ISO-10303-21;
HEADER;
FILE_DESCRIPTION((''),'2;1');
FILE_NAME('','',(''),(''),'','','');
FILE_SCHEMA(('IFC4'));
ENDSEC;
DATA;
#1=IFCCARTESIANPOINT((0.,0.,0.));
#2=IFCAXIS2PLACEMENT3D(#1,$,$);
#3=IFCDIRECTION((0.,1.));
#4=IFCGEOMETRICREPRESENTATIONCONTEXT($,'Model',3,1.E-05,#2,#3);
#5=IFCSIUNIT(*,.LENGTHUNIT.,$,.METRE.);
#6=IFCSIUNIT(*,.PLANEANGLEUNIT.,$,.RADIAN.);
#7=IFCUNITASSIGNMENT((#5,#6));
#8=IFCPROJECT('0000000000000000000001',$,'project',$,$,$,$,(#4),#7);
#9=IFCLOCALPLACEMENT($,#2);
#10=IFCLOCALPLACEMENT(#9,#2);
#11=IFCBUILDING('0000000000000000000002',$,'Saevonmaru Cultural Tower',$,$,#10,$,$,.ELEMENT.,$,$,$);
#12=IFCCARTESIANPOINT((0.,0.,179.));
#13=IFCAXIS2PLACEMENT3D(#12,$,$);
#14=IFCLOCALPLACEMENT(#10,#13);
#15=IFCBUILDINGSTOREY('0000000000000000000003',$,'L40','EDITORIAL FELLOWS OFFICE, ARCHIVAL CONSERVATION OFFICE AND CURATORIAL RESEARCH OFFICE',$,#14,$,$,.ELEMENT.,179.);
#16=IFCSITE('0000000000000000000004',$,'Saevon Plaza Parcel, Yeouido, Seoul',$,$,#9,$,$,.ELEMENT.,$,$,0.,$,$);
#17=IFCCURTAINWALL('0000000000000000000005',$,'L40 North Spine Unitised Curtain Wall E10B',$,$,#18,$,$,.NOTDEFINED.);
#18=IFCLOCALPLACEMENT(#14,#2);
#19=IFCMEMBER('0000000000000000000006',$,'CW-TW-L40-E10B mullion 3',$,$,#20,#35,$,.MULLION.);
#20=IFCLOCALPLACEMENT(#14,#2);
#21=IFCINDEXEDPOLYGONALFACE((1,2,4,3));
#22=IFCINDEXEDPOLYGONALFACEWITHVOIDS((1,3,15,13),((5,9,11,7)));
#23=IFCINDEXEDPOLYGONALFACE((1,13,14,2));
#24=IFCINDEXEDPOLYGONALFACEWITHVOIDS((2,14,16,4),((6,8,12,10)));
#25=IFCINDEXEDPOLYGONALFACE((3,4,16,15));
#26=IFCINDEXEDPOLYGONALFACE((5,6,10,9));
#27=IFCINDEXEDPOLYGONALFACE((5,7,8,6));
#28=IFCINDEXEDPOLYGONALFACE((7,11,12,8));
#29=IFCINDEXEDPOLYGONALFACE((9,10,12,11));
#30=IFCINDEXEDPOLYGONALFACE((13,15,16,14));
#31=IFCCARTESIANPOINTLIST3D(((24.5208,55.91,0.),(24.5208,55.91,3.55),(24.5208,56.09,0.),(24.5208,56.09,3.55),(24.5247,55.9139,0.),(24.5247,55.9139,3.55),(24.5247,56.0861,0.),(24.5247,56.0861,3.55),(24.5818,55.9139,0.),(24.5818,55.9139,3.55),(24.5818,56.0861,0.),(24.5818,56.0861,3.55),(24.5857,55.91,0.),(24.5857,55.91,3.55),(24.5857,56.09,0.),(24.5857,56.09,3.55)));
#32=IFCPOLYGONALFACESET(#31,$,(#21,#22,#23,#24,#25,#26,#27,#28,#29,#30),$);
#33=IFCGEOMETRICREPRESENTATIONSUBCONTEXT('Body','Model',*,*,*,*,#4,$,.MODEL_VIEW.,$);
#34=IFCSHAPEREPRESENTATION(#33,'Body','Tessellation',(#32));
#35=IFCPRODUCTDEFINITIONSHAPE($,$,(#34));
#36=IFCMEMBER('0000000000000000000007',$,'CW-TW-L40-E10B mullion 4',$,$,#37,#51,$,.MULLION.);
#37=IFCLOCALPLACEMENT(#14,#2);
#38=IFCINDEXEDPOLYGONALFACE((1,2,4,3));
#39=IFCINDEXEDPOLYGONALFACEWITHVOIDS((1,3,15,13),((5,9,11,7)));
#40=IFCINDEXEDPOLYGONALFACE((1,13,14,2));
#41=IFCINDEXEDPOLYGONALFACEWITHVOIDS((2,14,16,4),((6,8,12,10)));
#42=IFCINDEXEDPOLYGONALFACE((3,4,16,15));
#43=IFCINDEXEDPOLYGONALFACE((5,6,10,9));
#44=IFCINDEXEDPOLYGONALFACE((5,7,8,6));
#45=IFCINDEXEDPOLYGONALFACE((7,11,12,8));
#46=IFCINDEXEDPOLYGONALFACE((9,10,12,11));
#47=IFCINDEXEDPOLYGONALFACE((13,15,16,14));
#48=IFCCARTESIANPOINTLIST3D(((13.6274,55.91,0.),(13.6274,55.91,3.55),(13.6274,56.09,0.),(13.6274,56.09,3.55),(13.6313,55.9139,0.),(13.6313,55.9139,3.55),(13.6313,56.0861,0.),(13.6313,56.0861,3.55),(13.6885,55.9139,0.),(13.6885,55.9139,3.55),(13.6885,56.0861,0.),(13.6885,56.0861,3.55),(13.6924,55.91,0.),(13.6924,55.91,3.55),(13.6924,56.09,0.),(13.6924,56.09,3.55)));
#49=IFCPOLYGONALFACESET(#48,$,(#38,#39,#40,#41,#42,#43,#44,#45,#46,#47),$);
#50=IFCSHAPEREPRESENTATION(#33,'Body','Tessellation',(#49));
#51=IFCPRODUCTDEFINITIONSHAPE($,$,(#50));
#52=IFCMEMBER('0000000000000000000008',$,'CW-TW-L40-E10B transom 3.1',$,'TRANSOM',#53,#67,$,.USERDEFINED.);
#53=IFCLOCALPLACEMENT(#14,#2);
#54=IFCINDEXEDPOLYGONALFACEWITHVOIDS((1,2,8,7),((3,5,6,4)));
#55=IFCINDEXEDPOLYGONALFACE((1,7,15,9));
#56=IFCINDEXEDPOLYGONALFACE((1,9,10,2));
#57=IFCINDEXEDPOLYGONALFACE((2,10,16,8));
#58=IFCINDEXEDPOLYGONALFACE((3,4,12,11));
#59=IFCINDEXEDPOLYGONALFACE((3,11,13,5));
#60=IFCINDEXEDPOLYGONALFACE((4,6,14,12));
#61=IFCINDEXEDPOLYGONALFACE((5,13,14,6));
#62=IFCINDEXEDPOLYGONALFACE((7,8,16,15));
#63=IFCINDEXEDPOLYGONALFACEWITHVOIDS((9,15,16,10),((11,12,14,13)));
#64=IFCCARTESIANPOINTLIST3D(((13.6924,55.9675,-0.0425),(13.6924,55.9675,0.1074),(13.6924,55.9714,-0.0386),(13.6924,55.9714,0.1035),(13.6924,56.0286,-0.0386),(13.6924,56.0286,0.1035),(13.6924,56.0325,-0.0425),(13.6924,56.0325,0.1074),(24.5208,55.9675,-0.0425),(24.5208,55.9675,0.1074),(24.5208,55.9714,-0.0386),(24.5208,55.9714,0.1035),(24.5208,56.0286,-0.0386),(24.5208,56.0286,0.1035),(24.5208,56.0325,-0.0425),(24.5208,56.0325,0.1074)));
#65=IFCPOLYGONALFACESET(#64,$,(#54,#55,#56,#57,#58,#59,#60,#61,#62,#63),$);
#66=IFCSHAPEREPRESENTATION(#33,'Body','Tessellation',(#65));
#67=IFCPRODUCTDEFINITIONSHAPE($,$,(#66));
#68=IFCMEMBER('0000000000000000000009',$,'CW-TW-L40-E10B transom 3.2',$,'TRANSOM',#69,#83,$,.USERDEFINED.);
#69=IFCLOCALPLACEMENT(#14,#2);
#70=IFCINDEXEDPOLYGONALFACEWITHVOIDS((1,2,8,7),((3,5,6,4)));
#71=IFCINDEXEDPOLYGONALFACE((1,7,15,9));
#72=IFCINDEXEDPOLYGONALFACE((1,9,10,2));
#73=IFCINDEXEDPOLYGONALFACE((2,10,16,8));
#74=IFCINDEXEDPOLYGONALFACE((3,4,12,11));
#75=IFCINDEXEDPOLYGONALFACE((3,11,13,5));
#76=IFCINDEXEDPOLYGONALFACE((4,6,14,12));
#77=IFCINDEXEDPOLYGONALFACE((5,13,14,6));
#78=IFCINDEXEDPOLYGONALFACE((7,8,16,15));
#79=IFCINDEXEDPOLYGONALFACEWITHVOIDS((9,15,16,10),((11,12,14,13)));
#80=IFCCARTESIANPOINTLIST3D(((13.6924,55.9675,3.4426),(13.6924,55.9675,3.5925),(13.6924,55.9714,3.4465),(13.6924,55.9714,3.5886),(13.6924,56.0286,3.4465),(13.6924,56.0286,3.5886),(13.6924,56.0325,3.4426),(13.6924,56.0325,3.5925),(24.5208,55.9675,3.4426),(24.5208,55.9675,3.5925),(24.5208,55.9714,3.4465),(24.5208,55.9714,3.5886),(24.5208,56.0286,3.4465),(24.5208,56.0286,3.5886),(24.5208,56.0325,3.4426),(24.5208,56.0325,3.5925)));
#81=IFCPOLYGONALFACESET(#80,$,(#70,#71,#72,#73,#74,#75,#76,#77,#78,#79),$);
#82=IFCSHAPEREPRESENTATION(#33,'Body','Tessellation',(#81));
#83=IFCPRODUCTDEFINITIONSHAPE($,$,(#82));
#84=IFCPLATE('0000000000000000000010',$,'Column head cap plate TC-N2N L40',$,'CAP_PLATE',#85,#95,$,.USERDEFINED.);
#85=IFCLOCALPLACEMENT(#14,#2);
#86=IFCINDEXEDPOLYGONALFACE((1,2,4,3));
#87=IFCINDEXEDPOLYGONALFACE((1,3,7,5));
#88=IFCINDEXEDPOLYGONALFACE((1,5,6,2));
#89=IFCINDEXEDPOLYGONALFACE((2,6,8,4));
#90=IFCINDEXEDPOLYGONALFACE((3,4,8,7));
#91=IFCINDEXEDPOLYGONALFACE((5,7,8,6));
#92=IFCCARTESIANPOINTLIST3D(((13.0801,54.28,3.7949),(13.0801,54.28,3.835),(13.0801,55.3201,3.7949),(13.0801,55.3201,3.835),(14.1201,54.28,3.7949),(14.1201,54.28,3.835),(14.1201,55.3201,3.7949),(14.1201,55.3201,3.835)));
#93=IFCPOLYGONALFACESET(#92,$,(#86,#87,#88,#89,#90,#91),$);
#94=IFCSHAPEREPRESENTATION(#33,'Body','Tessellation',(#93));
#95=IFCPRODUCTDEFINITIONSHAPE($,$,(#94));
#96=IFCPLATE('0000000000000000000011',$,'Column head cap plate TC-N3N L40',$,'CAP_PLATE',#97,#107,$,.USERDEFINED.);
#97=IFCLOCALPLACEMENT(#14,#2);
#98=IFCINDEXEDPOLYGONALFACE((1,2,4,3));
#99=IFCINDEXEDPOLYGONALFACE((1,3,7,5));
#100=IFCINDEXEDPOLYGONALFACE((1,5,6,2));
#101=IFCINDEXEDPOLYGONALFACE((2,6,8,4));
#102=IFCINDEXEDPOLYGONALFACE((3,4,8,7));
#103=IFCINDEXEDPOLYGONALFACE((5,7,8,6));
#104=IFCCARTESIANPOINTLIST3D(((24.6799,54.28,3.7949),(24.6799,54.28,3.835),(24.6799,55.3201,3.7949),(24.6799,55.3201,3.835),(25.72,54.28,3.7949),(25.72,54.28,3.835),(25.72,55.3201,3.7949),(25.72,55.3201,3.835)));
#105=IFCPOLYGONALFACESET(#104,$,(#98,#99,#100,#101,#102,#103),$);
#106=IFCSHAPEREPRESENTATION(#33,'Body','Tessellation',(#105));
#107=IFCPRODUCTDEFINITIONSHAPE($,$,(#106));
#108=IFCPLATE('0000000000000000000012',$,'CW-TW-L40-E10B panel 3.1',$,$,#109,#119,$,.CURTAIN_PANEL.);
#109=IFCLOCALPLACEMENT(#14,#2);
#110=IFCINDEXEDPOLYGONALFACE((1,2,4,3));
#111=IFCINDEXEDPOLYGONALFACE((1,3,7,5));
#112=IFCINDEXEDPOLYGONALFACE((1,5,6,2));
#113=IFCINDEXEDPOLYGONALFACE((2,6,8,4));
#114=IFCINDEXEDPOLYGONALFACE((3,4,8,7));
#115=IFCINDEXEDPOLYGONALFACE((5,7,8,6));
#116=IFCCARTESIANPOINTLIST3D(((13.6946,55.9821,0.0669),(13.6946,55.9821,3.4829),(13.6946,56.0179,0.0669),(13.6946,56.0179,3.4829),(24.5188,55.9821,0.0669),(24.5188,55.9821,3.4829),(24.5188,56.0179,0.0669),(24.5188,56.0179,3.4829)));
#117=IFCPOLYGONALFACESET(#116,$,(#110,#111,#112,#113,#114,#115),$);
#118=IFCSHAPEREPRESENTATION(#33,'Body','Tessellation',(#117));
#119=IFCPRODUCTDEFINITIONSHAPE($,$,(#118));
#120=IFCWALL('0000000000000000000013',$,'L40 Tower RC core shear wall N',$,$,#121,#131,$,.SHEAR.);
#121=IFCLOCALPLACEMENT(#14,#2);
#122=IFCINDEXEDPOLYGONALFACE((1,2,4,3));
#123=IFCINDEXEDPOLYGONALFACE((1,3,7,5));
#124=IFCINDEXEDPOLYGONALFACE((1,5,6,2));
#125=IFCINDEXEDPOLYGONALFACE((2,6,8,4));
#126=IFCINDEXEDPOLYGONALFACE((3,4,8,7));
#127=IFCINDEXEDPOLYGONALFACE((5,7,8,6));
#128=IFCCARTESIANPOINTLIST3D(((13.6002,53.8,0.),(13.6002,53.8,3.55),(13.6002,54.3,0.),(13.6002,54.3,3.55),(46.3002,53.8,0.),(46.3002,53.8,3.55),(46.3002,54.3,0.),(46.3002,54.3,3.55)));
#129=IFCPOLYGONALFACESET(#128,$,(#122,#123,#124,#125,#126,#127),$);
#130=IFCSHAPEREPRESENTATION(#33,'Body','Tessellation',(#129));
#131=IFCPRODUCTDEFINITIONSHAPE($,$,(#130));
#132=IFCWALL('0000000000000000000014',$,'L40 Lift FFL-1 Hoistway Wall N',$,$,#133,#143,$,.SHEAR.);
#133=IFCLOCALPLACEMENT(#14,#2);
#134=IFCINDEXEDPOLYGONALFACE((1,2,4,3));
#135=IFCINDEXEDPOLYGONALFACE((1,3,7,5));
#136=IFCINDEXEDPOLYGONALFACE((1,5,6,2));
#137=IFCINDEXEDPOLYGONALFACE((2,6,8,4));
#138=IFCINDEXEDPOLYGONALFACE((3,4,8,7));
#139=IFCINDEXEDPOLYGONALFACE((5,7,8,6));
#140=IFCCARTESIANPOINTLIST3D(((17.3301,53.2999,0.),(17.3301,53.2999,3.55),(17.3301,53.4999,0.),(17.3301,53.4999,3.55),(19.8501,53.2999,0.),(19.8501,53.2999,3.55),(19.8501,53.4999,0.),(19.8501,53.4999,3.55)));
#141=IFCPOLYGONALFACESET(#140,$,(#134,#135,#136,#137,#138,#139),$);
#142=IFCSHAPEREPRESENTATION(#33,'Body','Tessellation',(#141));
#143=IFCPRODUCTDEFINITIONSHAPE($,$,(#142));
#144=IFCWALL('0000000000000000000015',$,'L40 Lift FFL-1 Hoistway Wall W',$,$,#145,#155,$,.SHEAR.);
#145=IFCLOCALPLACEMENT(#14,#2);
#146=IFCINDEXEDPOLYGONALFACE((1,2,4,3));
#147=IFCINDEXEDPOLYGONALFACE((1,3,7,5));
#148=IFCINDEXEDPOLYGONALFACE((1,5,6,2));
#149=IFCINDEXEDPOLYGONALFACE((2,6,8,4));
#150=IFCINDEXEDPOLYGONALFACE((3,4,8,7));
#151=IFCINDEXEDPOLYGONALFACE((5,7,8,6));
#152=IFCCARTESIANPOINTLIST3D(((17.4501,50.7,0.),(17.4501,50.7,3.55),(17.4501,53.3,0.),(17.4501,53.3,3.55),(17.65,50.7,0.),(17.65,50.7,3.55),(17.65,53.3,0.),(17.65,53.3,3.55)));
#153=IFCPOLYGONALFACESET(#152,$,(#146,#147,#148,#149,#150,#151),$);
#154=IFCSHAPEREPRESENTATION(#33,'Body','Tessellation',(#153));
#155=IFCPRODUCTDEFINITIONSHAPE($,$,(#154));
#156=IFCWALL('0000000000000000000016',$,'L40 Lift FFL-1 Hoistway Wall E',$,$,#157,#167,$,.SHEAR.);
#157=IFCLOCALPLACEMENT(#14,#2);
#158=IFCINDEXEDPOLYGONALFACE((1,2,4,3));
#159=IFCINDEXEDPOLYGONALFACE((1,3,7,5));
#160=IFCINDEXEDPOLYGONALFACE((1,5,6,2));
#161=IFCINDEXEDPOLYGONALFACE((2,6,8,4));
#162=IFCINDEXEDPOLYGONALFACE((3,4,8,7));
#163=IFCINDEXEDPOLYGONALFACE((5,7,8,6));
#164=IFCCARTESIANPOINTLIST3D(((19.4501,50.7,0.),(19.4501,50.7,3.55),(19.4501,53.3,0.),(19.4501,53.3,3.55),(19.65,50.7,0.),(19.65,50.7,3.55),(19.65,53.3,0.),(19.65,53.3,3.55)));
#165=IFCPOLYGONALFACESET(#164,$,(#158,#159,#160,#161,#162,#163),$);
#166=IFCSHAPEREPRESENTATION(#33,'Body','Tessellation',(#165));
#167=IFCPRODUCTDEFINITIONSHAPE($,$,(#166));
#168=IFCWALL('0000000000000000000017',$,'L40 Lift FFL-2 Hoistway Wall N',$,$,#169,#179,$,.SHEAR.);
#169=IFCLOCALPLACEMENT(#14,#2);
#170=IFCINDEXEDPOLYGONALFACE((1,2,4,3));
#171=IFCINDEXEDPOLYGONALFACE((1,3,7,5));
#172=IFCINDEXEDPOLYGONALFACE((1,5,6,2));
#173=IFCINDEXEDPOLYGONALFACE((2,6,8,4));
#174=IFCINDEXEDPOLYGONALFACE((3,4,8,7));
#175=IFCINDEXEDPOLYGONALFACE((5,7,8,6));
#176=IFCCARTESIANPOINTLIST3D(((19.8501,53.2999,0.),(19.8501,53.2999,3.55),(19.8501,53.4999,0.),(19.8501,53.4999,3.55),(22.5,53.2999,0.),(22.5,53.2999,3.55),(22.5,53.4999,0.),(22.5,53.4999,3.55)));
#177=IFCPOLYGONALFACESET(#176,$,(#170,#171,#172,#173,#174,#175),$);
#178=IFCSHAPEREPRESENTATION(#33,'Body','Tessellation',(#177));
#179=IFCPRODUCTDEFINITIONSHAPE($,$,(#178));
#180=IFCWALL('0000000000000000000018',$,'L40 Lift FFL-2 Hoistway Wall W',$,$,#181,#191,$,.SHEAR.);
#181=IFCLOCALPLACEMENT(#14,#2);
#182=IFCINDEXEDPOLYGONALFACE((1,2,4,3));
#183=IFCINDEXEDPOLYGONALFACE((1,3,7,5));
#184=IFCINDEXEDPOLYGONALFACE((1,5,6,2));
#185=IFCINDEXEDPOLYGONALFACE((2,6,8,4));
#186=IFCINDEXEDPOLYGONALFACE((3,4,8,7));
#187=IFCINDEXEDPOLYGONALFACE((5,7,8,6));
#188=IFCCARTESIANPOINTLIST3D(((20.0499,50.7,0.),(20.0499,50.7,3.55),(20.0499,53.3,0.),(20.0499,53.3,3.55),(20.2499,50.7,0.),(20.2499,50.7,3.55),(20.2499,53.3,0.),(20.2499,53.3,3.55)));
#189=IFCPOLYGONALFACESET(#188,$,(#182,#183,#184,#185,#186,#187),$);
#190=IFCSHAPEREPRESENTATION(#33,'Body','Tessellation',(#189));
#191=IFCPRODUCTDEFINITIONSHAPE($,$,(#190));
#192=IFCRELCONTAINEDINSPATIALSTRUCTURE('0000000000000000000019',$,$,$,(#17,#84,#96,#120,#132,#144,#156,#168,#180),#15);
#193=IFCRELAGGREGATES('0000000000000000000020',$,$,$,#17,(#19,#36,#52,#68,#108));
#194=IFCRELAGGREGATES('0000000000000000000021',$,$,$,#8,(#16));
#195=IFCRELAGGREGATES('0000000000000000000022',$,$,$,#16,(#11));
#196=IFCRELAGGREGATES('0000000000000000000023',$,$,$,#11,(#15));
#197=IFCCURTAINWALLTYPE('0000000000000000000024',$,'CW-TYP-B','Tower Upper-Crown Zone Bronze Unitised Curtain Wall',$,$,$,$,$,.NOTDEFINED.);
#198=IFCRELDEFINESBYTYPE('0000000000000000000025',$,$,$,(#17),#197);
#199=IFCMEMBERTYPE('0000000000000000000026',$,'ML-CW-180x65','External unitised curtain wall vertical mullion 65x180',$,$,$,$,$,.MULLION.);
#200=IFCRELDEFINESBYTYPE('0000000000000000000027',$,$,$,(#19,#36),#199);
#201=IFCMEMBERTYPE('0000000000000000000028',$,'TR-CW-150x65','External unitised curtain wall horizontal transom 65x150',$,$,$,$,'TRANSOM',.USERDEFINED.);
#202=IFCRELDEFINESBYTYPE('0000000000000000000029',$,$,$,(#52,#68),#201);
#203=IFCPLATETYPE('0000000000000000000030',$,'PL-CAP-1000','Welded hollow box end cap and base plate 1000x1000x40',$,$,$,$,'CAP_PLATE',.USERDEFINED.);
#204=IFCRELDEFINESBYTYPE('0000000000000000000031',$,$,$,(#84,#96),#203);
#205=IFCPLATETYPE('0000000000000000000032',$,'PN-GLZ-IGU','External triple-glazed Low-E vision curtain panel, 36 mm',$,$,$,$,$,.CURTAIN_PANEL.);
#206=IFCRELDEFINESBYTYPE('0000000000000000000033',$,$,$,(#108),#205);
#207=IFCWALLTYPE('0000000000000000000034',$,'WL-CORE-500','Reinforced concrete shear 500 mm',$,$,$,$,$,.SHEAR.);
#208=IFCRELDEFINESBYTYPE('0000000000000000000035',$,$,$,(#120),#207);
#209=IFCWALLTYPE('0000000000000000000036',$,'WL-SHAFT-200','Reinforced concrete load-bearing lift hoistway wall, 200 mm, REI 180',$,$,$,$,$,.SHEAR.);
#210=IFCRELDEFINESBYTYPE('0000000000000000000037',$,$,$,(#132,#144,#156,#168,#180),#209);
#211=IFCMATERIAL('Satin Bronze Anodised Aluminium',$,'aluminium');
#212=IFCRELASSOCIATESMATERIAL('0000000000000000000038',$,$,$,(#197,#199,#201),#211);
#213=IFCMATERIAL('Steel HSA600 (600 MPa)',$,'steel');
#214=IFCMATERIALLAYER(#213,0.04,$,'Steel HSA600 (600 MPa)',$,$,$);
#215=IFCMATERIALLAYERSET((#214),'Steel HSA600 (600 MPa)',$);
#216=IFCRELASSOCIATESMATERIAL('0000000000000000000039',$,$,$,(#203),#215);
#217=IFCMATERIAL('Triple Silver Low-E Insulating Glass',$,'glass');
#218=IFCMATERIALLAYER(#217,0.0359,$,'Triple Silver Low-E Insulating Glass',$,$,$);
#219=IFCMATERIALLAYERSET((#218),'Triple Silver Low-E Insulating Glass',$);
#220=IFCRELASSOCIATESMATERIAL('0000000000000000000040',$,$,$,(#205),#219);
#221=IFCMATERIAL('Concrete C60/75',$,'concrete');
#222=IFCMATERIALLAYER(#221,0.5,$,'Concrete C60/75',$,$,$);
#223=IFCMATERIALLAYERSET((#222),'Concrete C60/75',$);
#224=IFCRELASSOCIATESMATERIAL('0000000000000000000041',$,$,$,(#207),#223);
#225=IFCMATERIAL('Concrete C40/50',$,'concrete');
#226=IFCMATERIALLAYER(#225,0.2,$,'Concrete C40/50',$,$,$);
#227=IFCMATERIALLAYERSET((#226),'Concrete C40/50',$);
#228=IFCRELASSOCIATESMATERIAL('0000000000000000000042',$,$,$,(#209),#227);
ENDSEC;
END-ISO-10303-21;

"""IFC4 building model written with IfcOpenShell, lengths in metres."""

from ifc_helpers import new_model, si_unit, direction, frame, frame_2d, origin, origin_2d, place, context, subcontext, project, spatial, rectangle, hollow_rectangle, extrude, material, layer, layer_set, material_profile, profile_set, type_object, element, aggregate, save


model = new_model("IFC4")

# Units and contexts
model_context = context("Model", 3, precision=1e-05, world=origin(), true_north=direction((0.0, 1.0)))
body_context = subcontext(model_context, "Body", "Model", "MODEL_VIEW")
ifc_project = project(units=[si_unit("LENGTHUNIT", "METRE"), si_unit("PLANEANGLEUNIT", "RADIAN")], contexts=[model_context])

# Site, building, storey
site_placement = place(None, origin())
site = spatial("IfcSite", under=ifc_project, at=site_placement, Name="Saevon Plaza Parcel, Yeouido, Seoul", CompositionType="ELEMENT", RefElevation=0.0)
building_placement = place(site_placement, origin())
building = spatial("IfcBuilding", under=site, at=building_placement, Name="Saevonmaru Cultural Tower", CompositionType="ELEMENT")
storey_placement = place(building_placement, frame((0.0, 0.0, 179.0)))
storey = spatial("IfcBuildingStorey", under=building, at=storey_placement, Name="L40", Description="EDITORIAL FELLOWS OFFICE, ARCHIVAL CONSERVATION OFFICE AND CURATORIAL RESEARCH OFFICE", CompositionType="ELEMENT", Elevation=179.0)

# Curtain wall, members
ifc_material_1 = material(Name="Satin Bronze Anodised Aluminium", Category="aluminium")
curtain_wall_type = type_object("IfcCurtainWallType", Name="CW-TYP-B", Description="Tower Upper-Crown Zone Bronze Unitised Curtain Wall", PredefinedType="NOTDEFINED", material=ifc_material_1)
curtain_wall_placement = place(storey_placement, origin())
curtain_wall = element("IfcCurtainWall", 1, at=curtain_wall_placement, inside=storey, type_object=curtain_wall_type, Name="L40 North Spine Unitised Curtain Wall E10B", PredefinedType="NOTDEFINED")
ifc_material_profile_1 = material_profile(ifc_material_1, hollow_rectangle(XDim=0.0649, YDim=0.1799, WallThickness=0.0039, at=origin_2d()), Name="ALU-MULL-180x65x4")
ifc_profile_set_1 = profile_set([ifc_material_profile_1], Name="Satin Bronze Anodised Aluminium")
member_type_1 = type_object("IfcMemberType", Name="ML-CW-180x65", Description="External unitised curtain wall vertical mullion 65x180", PredefinedType="MULLION", material=ifc_profile_set_1)
member_1_placement = place(storey_placement, frame((24.5532, 56.0, 0.0), z_axis=(0.0, 0.0, 1.0), x_axis=(-1.0, 0.0, 0.0)))
member_1 = element("IfcMember", 2, at=member_1_placement, type_object=member_type_1, Name="CW-TW-L40-E10B mullion 3", PredefinedType="MULLION", context=body_context, shape_type="SweptSolid", body=[
    extrude(hollow_rectangle(XDim=0.0649, YDim=0.1799, WallThickness=0.0039, at=origin_2d()), origin(), (0.0, 0.0, 1.0), 3.55),
])
member_2_placement = place(storey_placement, frame((13.6599, 56.0, 0.0), z_axis=(0.0, 0.0, 1.0), x_axis=(-1.0, 0.0, 0.0)))
member_2 = element("IfcMember", 3, at=member_2_placement, type_object=member_type_1, Name="CW-TW-L40-E10B mullion 4", PredefinedType="MULLION", context=body_context, shape_type="SweptSolid", body=[
    extrude(hollow_rectangle(XDim=0.0649, YDim=0.1799, WallThickness=0.0039, at=origin_2d()), origin(), (0.0, 0.0, 1.0), 3.55),
])
ifc_material_profile_2 = material_profile(ifc_material_1, hollow_rectangle(XDim=0.0649, YDim=0.1499, WallThickness=0.0039, at=origin_2d()), Name="ALU-TRAN-150x65x4")
ifc_profile_set_2 = profile_set([ifc_material_profile_2], Name="Satin Bronze Anodised Aluminium")
member_type_2 = type_object("IfcMemberType", Name="TR-CW-150x65", Description="External unitised curtain wall horizontal transom 65x150", ElementType="TRANSOM", PredefinedType="USERDEFINED", material=ifc_profile_set_2)
member_3_placement = place(storey_placement, frame((24.5208, 56.0, 0.0325), z_axis=(-1.0, 0.0, 0.0), x_axis=(0.0, -1.0, 0.0)))
member_3 = element("IfcMember", 4, at=member_3_placement, type_object=member_type_2, Name="CW-TW-L40-E10B transom 3.1", ObjectType="TRANSOM", PredefinedType="USERDEFINED", context=body_context, shape_type="SweptSolid", body=[
    extrude(hollow_rectangle(XDim=0.0649, YDim=0.1499, WallThickness=0.0039, at=origin_2d()), origin(), (0.0, 0.0, 1.0), 10.8284),
])
member_4_placement = place(storey_placement, frame((24.5208, 56.0, 3.5176), z_axis=(-1.0, 0.0, 0.0), x_axis=(0.0, -1.0, 0.0)))
member_4 = element("IfcMember", 5, at=member_4_placement, type_object=member_type_2, Name="CW-TW-L40-E10B transom 3.2", ObjectType="TRANSOM", PredefinedType="USERDEFINED", context=body_context, shape_type="SweptSolid", body=[
    extrude(hollow_rectangle(XDim=0.0649, YDim=0.1499, WallThickness=0.0039, at=origin_2d()), origin(), (0.0, 0.0, 1.0), 10.8284),
])

# Plates
ifc_material_2 = material(Name="Steel HSA600 (600 MPa)", Category="steel")
ifc_layer_1 = layer(ifc_material_2, 0.04, Name="Steel HSA600 (600 MPa)")
ifc_layer_set_1 = layer_set([ifc_layer_1], Name="Steel HSA600 (600 MPa)")
plate_type_1 = type_object("IfcPlateType", Name="PL-CAP-1000", Description="Welded hollow box end cap and base plate 1000x1000x40", ElementType="CAP_PLATE", PredefinedType="USERDEFINED", material=ifc_layer_set_1)
for number, where, z_axis, x_axis, name in (
    (6, (13.6001, 54.8, 3.7949), (0.0, 0.0, 1.0), (1.0, 0.0, 0.0), "Column head cap plate TC-N2N L40"),
    (7, (25.2, 54.8, 3.7949), (0.0, 0.0, 1.0), (1.0, 0.0, 0.0), "Column head cap plate TC-N3N L40"),
):
    element("IfcPlate", number, at=place(storey_placement, frame(where, z_axis=z_axis, x_axis=x_axis)), inside=storey, type_object=plate_type_1, Name=name, ObjectType="CAP_PLATE", PredefinedType="USERDEFINED", context=body_context, shape_type="SweptSolid", body=[
        extrude(rectangle(XDim=1.04, YDim=1.04, at=origin_2d()), origin(), (0.0, 0.0, 1.0), 0.04),
    ])

# Plate
ifc_material_3 = material(Name="Triple Silver Low-E Insulating Glass", Category="glass")
ifc_layer_2 = layer(ifc_material_3, 0.0359, Name="Triple Silver Low-E Insulating Glass")
ifc_layer_set_2 = layer_set([ifc_layer_2], Name="Triple Silver Low-E Insulating Glass")
plate_type_2 = type_object("IfcPlateType", Name="PN-GLZ-IGU", Description="External triple-glazed Low-E vision curtain panel, 36 mm", PredefinedType="CURTAIN_PANEL", material=ifc_layer_set_2)
plate_placement = place(storey_placement, frame((19.1067, 56.0, 0.0669), z_axis=(0.0, 0.0, 1.0), x_axis=(-1.0, 0.0, 0.0)))
plate = element("IfcPlate", 8, at=plate_placement, type_object=plate_type_2, Name="CW-TW-L40-E10B panel 3.1", PredefinedType="CURTAIN_PANEL", context=body_context, shape_type="SweptSolid", body=[
    extrude(rectangle(XDim=10.8242, YDim=0.0359, at=origin_2d()), origin(), (0.0, 0.0, 1.0), 3.416),
])
aggregate(curtain_wall, [member_1, member_2, member_3, member_4, plate])

# Walls
ifc_material_4 = material(Name="Concrete C60/75", Category="concrete")
ifc_layer_3 = layer(ifc_material_4, 0.5, Name="Concrete C60/75")
ifc_layer_set_3 = layer_set([ifc_layer_3], Name="Concrete C60/75")
wall_type_1 = type_object("IfcWallType", Name="WL-CORE-500", Description="Reinforced concrete shear 500 mm", PredefinedType="SHEAR", material=ifc_layer_set_3)
wall_1_placement = place(storey_placement, frame((13.6001, 54.05, 0.0), z_axis=(0.0, 0.0, 1.0), x_axis=(1.0, 0.0, 0.0)))
element("IfcWall", 9, at=wall_1_placement, inside=storey, type_object=wall_type_1, Name="L40 Tower RC core shear wall N", PredefinedType="SHEAR", context=body_context, shape_type="SweptSolid", body=[
    extrude(rectangle(XDim=32.7, YDim=0.5, at=frame_2d((16.3501, 0.0))), origin(), (0.0, 0.0, 1.0), 3.55),
])
ifc_material_5 = material(Name="Concrete C40/50", Category="concrete")
ifc_layer_4 = layer(ifc_material_5, 0.2, Name="Concrete C40/50")
ifc_layer_set_4 = layer_set([ifc_layer_4], Name="Concrete C40/50")
wall_type_2 = type_object("IfcWallType", Name="WL-SHAFT-200", Description="Reinforced concrete load-bearing lift hoistway wall, 200 mm, REI 180", PredefinedType="SHEAR", material=ifc_layer_set_4)
wall_2_placement = place(storey_placement, frame((17.3301, 53.3999, 0.0), z_axis=(0.0, 0.0, 1.0), x_axis=(1.0, 0.0, 0.0)))
element("IfcWall", 10, at=wall_2_placement, inside=storey, type_object=wall_type_2, Name="L40 Lift FFL-1 Hoistway Wall N", PredefinedType="SHEAR", context=body_context, shape_type="SweptSolid", body=[
    extrude(rectangle(XDim=2.52, YDim=0.2, at=frame_2d((1.26, 0.0))), origin(), (0.0, 0.0, 1.0), 3.55),
])
for number, where, z_axis, x_axis, name in (
    (11, (17.55, 50.7, 0.0), (0.0, 0.0, 1.0), (0.0, 1.0, 0.0), "L40 Lift FFL-1 Hoistway Wall W"),
    (12, (19.55, 50.7, 0.0), (0.0, 0.0, 1.0), (0.0, 1.0, 0.0), "L40 Lift FFL-1 Hoistway Wall E"),
):
    element("IfcWall", number, at=place(storey_placement, frame(where, z_axis=z_axis, x_axis=x_axis)), inside=storey, type_object=wall_type_2, Name=name, PredefinedType="SHEAR", context=body_context, shape_type="SweptSolid", body=[
        extrude(rectangle(XDim=2.6001, YDim=0.2, at=frame_2d((1.3, 0.0))), origin(), (0.0, 0.0, 1.0), 3.55),
    ])
wall_3_placement = place(storey_placement, frame((19.8501, 53.3999, 0.0), z_axis=(0.0, 0.0, 1.0), x_axis=(1.0, 0.0, 0.0)))
element("IfcWall", 13, at=wall_3_placement, inside=storey, type_object=wall_type_2, Name="L40 Lift FFL-2 Hoistway Wall N", PredefinedType="SHEAR", context=body_context, shape_type="SweptSolid", body=[
    extrude(rectangle(XDim=2.6499, YDim=0.2, at=frame_2d((1.325, 0.0))), origin(), (0.0, 0.0, 1.0), 3.55),
])
for number, where, z_axis, x_axis, name in (
    (14, (20.1499, 50.7, 0.0), (0.0, 0.0, 1.0), (0.0, 1.0, 0.0), "L40 Lift FFL-2 Hoistway Wall W"),
):
    element("IfcWall", number, at=place(storey_placement, frame(where, z_axis=z_axis, x_axis=x_axis)), inside=storey, type_object=wall_type_2, Name=name, PredefinedType="SHEAR", context=body_context, shape_type="SweptSolid", body=[
        extrude(rectangle(XDim=2.6001, YDim=0.2, at=frame_2d((1.3, 0.0))), origin(), (0.0, 0.0, 1.0), 3.55),
    ])

save(model, "model.ifc")
